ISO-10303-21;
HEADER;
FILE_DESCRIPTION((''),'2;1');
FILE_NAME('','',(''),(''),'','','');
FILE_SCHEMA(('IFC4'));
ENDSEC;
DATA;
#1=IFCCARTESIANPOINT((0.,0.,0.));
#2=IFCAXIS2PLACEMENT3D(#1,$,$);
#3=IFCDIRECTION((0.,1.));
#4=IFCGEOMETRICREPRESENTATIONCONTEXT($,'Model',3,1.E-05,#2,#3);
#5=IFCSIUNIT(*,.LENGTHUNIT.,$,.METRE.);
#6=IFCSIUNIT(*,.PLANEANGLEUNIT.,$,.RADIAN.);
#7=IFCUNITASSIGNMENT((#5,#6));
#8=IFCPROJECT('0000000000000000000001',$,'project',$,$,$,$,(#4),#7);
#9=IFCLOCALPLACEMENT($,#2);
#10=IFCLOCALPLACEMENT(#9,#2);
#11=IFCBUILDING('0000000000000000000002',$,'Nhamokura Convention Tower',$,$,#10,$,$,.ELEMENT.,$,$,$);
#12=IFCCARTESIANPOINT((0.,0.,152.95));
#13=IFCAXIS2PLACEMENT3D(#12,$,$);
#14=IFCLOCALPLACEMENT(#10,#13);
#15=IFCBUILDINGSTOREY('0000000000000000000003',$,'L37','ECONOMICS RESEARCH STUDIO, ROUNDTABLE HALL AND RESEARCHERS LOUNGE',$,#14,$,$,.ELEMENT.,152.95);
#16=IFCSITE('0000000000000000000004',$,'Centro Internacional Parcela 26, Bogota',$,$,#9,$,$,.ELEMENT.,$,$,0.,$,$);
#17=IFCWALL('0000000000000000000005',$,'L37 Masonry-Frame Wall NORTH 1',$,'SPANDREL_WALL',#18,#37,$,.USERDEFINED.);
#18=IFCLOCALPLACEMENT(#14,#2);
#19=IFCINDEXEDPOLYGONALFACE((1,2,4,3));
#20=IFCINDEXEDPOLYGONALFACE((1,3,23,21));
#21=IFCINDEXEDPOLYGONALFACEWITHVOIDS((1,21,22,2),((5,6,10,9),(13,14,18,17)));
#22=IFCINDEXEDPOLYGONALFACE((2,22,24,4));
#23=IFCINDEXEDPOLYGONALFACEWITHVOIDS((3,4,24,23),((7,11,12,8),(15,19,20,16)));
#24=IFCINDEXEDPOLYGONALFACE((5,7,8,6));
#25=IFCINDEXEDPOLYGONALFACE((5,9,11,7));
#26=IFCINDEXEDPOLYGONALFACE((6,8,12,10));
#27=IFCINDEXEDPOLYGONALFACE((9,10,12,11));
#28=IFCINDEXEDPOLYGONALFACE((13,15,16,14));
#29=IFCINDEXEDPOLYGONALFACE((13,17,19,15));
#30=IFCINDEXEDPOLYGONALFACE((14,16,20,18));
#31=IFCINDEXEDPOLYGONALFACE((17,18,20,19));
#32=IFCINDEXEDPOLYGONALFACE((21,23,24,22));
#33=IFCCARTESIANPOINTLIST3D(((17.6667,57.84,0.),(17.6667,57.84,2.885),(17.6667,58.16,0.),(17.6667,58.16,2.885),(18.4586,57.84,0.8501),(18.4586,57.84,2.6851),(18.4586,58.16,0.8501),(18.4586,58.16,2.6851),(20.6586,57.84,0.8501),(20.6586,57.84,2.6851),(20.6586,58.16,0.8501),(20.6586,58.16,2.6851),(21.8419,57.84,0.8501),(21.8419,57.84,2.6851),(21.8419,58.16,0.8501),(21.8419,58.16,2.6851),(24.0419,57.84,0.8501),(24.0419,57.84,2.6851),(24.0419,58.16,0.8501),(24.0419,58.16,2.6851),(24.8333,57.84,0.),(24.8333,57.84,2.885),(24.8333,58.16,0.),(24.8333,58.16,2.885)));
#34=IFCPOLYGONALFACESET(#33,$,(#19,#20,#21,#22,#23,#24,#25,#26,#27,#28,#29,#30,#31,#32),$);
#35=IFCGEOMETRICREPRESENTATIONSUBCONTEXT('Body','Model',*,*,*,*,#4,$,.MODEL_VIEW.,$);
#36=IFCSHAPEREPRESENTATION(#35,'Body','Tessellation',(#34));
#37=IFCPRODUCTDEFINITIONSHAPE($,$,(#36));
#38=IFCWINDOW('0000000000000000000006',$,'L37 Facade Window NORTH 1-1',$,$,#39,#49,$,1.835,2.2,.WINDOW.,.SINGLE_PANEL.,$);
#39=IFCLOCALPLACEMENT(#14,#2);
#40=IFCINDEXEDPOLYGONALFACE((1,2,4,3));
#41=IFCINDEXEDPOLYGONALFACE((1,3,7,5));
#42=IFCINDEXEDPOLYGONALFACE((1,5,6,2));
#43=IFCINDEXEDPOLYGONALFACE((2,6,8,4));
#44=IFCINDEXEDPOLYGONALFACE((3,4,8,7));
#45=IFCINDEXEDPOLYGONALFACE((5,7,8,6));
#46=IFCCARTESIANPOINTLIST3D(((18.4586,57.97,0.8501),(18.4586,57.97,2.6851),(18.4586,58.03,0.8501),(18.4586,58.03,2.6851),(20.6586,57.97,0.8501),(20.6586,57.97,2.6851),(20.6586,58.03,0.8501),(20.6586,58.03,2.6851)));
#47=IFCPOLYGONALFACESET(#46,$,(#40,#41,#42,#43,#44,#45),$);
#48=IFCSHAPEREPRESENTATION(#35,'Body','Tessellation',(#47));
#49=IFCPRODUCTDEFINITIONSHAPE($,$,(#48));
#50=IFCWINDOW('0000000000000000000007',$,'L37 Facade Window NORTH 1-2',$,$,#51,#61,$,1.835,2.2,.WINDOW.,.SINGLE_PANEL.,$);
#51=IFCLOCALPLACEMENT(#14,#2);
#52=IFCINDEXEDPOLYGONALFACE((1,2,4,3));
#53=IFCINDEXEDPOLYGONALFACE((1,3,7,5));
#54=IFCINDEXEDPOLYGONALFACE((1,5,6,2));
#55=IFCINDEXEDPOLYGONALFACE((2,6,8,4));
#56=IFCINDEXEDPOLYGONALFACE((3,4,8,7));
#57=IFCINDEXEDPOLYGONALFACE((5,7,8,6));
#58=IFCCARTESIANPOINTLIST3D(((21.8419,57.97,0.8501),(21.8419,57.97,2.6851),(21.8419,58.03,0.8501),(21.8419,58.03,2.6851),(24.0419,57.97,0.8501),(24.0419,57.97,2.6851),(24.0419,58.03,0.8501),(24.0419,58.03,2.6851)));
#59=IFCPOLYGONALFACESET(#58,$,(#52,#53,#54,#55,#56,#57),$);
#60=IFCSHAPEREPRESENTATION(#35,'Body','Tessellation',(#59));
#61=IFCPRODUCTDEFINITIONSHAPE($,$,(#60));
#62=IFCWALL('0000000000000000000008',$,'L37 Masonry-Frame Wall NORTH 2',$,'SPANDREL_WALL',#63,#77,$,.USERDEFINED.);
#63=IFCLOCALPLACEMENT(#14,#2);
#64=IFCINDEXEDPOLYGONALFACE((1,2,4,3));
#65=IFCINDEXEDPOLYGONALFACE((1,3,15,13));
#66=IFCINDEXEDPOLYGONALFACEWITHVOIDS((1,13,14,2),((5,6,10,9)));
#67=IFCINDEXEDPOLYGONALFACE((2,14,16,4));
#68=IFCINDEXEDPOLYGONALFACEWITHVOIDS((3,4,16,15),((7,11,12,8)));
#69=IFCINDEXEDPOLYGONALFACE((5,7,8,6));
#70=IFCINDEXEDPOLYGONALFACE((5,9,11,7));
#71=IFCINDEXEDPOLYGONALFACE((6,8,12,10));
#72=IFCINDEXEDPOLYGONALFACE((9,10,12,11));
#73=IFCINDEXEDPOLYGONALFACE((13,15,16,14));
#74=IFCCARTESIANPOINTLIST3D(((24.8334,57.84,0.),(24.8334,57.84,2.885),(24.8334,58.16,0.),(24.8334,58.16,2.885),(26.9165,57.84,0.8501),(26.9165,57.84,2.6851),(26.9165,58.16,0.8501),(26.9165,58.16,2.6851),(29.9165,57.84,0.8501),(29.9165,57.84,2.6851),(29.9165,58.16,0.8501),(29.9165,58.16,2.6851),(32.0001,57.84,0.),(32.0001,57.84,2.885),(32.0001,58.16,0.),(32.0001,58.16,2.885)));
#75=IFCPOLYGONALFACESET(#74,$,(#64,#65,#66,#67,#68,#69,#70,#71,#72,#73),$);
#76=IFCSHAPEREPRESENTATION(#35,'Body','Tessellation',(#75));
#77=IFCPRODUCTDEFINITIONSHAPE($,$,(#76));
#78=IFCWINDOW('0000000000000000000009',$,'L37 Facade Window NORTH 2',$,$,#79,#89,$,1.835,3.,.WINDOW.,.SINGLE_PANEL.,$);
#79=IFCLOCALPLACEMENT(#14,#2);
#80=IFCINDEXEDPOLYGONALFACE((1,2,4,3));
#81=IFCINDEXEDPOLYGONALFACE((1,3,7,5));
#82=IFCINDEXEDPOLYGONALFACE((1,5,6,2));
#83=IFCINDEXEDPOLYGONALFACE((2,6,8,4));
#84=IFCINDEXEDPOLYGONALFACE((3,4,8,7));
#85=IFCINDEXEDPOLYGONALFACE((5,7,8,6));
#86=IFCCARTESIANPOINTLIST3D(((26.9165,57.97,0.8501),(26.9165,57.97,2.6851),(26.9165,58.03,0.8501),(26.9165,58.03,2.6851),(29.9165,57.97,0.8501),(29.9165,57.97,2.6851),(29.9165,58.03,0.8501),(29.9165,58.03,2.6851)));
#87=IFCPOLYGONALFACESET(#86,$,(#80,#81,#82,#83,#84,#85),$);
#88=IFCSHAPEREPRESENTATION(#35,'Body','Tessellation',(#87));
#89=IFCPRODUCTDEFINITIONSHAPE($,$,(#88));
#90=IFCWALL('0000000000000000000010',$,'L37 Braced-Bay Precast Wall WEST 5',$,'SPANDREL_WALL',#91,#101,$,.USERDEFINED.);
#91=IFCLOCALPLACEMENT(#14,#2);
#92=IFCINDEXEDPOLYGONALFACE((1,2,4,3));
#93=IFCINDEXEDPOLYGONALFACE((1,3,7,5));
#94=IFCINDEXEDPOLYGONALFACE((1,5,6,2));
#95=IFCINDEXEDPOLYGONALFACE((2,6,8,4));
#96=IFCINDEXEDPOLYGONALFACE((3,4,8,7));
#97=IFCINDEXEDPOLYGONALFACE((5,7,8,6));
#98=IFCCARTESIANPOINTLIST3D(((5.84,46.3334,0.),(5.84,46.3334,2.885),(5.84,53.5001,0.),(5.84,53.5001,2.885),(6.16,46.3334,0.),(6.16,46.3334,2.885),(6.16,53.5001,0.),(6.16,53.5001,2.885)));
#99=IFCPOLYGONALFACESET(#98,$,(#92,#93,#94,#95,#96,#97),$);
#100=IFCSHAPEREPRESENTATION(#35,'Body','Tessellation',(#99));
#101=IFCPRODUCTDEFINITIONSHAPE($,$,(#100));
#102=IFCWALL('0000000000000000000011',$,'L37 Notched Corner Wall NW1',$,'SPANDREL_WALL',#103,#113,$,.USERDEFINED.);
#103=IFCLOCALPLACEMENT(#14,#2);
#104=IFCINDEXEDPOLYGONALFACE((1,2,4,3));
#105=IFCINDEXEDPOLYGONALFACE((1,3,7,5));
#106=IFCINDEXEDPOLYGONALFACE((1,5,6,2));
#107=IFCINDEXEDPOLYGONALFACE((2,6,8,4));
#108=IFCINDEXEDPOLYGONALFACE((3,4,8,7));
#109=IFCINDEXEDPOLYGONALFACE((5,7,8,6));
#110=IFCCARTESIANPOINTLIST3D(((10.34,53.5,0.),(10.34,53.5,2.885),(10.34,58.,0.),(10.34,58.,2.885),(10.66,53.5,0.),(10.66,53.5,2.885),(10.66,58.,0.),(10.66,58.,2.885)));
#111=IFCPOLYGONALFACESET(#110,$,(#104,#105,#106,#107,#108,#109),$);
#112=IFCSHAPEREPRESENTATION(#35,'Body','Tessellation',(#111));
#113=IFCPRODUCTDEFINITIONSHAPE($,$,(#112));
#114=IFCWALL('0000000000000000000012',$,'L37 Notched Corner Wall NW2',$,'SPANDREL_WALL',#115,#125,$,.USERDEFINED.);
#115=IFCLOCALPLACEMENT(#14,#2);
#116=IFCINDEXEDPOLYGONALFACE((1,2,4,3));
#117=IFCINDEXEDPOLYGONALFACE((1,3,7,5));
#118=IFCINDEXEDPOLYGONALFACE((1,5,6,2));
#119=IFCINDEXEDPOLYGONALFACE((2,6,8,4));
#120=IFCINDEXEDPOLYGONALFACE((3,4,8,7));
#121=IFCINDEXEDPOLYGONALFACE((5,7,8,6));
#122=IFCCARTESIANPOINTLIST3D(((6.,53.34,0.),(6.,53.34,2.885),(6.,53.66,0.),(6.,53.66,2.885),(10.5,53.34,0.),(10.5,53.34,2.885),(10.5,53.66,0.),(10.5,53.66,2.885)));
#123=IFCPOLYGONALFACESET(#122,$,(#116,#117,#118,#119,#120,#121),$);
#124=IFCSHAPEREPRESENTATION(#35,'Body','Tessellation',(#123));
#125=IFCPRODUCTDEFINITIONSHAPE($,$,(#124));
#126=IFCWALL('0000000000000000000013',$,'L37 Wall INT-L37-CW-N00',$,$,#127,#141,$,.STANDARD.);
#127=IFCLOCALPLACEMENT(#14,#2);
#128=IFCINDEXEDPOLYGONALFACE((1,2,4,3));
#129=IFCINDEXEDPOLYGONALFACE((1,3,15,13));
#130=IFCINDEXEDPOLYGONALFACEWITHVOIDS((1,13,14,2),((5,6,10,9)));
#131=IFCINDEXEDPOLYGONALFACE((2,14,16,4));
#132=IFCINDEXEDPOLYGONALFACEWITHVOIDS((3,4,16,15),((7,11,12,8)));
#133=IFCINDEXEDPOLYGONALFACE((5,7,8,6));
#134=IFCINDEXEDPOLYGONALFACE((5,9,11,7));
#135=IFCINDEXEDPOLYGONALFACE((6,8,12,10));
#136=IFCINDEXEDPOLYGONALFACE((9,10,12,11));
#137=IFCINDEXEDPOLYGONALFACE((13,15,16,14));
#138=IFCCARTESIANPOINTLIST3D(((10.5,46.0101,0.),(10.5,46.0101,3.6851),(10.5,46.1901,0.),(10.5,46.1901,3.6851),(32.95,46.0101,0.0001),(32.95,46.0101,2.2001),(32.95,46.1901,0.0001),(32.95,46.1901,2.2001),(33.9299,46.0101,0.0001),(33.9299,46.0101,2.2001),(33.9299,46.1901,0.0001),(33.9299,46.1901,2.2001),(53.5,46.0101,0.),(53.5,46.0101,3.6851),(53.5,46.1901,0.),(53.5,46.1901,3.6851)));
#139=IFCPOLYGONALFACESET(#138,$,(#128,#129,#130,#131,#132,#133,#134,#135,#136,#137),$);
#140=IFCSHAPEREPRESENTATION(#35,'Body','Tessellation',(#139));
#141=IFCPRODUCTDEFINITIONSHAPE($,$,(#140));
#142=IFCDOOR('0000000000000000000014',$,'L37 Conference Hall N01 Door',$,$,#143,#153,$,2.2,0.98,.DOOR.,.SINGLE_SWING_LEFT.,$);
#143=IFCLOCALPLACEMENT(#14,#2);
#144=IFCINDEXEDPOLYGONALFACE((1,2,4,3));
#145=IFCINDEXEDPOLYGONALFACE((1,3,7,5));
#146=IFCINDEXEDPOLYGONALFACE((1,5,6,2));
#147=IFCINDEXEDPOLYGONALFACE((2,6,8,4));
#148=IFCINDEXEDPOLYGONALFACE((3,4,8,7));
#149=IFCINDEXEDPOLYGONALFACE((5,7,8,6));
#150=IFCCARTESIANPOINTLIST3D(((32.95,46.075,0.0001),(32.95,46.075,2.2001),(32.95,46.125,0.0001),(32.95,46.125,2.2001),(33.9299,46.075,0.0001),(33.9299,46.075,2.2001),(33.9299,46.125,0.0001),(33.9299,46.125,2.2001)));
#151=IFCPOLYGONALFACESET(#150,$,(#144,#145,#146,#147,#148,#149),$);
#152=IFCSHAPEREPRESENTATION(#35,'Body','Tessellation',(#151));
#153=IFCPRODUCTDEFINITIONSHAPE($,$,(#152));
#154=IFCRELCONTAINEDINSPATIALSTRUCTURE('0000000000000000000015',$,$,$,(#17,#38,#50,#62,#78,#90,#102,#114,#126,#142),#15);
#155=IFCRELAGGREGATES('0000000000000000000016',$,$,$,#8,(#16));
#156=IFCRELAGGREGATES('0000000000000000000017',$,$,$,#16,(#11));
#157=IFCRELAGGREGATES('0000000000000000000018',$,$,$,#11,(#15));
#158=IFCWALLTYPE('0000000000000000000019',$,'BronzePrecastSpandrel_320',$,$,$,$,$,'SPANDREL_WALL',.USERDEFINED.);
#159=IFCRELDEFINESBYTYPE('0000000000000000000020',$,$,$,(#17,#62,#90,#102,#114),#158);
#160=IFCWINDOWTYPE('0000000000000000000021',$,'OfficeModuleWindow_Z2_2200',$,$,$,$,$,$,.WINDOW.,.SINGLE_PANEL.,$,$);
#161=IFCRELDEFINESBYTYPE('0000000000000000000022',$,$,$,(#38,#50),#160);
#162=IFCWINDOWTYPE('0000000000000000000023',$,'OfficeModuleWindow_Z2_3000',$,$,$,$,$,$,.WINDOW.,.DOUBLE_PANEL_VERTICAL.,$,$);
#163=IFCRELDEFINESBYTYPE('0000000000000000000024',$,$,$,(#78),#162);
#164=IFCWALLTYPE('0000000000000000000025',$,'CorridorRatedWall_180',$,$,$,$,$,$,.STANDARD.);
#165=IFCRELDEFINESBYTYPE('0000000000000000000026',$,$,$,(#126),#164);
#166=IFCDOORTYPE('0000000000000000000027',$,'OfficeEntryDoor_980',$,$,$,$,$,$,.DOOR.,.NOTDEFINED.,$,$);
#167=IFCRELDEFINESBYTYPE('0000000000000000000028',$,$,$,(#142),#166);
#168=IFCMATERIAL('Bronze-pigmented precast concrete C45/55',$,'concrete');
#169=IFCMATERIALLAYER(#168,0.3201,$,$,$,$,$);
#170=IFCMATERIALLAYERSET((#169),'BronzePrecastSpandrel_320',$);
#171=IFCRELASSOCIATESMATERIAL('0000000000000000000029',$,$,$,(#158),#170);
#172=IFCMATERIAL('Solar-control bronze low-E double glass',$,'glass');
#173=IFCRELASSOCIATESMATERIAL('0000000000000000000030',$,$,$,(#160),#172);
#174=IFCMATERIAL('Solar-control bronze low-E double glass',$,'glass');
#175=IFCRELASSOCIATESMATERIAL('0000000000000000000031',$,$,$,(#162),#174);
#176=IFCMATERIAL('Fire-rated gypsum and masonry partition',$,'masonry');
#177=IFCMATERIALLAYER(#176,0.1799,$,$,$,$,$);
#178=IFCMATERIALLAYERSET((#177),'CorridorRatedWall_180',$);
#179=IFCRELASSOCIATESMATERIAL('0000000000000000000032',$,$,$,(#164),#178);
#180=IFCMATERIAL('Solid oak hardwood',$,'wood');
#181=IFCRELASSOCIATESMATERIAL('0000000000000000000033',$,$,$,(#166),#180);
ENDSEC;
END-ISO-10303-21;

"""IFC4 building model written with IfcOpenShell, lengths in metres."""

from ifc_helpers import new_model, si_unit, direction, frame, frame_2d, origin, place, context, subcontext, project, spatial, rectangle, extrude, material, layer, layer_set, type_object, element, fill, save


model = new_model("IFC4")

# Units and contexts
model_context = context("Model", 3, precision=1e-05, world=origin(), true_north=direction((0.0, 1.0)))
body_context = subcontext(model_context, "Body", "Model", "MODEL_VIEW")
ifc_project = project(units=[si_unit("LENGTHUNIT", "METRE"), si_unit("PLANEANGLEUNIT", "RADIAN")], contexts=[model_context])

# Site, building, storey
site_placement = place(None, origin())
site = spatial("IfcSite", under=ifc_project, at=site_placement, Name="Centro Internacional Parcela 26, Bogota", CompositionType="ELEMENT", RefElevation=0.0)
building_placement = place(site_placement, origin())
building = spatial("IfcBuilding", under=site, at=building_placement, Name="Nhamokura Convention Tower", CompositionType="ELEMENT")
storey_placement = place(building_placement, frame((0.0, 0.0, 152.95)))
storey = spatial("IfcBuildingStorey", under=building, at=storey_placement, Name="L37", Description="ECONOMICS RESEARCH STUDIO, ROUNDTABLE HALL AND RESEARCHERS LOUNGE", CompositionType="ELEMENT", Elevation=152.95)

# Shared definitions
ifc_material_1 = material(Name="Bronze-pigmented precast concrete C45/55", Category="concrete")
ifc_layer_1 = layer(ifc_material_1, 0.3201)
ifc_layer_set_1 = layer_set([ifc_layer_1], Name="BronzePrecastSpandrel_320")
wall_type_1 = type_object("IfcWallType", Name="BronzePrecastSpandrel_320", ElementType="SPANDREL_WALL", PredefinedType="USERDEFINED", material=ifc_layer_set_1)

# Wall, openings, windows
wall_1_placement = place(storey_placement, frame((17.6667, 58.0, 0.0), z_axis=(0.0, 0.0, 1.0), x_axis=(1.0, 0.0, 0.0)))
wall_1 = element("IfcWall", 1, at=wall_1_placement, inside=storey, type_object=wall_type_1, Name="L37 Masonry-Frame Wall NORTH 1", ObjectType="SPANDREL_WALL", PredefinedType="USERDEFINED", context=body_context, shape_type="SweptSolid", body=[
    extrude(rectangle(XDim=7.1665, YDim=0.3201, at=frame_2d((3.5833, 0.0))), origin(), (0.0, 0.0, 1.0), 2.885),
])
opening_1_placement = place(wall_1_placement, frame((0.7917, 0.0, 0.8501)))
opening_1 = element("IfcOpeningElement", 2, at=opening_1_placement, cuts=wall_1, PredefinedType="OPENING", context=body_context, shape_type="SweptSolid", body=[
    extrude(rectangle(XDim=2.2, YDim=1.835, at=frame_2d((1.1001, 0.9175))), frame((0.0, 0.1699, 0.0), z_axis=(0.0, -1.0, 0.0), x_axis=(1.0, 0.0, 0.0)), (0.0, 0.0, 1.0), 0.3401),
])
opening_2_placement = place(wall_1_placement, frame((4.175, 0.0, 0.8501)))
opening_2 = element("IfcOpeningElement", 3, at=opening_2_placement, cuts=wall_1, PredefinedType="OPENING", context=body_context, shape_type="SweptSolid", body=[
    extrude(rectangle(XDim=2.2, YDim=1.835, at=frame_2d((1.1001, 0.9175))), frame((0.0, 0.1699, 0.0), z_axis=(0.0, -1.0, 0.0), x_axis=(1.0, 0.0, 0.0)), (0.0, 0.0, 1.0), 0.3401),
])
ifc_material_2 = material(Name="Solar-control bronze low-E double glass", Category="glass")
window_type_1 = type_object("IfcWindowType", Name="OfficeModuleWindow_Z2_2200", PartitioningType="SINGLE_PANEL", PredefinedType="WINDOW", material=ifc_material_2)
window_1_placement = place(opening_1_placement, origin())
window_1 = element("IfcWindow", 4, at=window_1_placement, inside=storey, type_object=window_type_1, Name="L37 Facade Window NORTH 1-1", OverallHeight=1.835, OverallWidth=2.2, PartitioningType="SINGLE_PANEL", PredefinedType="WINDOW", context=body_context, shape_type="SweptSolid", body=[
    extrude(rectangle(XDim=2.2, YDim=1.835, at=frame_2d((1.1001, 0.9175))), frame((0.0, 0.03, 0.0), z_axis=(0.0, -1.0, 0.0), x_axis=(1.0, 0.0, 0.0)), (0.0, 0.0, 1.0), 0.0601),
])
fill(opening_1, window_1)
window_2_placement = place(opening_2_placement, origin())
window_2 = element("IfcWindow", 5, at=window_2_placement, inside=storey, type_object=window_type_1, Name="L37 Facade Window NORTH 1-2", OverallHeight=1.835, OverallWidth=2.2, PartitioningType="SINGLE_PANEL", PredefinedType="WINDOW", context=body_context, shape_type="SweptSolid", body=[
    extrude(rectangle(XDim=2.2, YDim=1.835, at=frame_2d((1.1001, 0.9175))), frame((0.0, 0.03, 0.0), z_axis=(0.0, -1.0, 0.0), x_axis=(1.0, 0.0, 0.0)), (0.0, 0.0, 1.0), 0.0601),
])
fill(opening_2, window_2)

# Wall, opening, window
wall_2_placement = place(storey_placement, frame((24.8333, 58.0, 0.0), z_axis=(0.0, 0.0, 1.0), x_axis=(1.0, 0.0, 0.0)))
wall_2 = element("IfcWall", 6, at=wall_2_placement, inside=storey, type_object=wall_type_1, Name="L37 Masonry-Frame Wall NORTH 2", ObjectType="SPANDREL_WALL", PredefinedType="USERDEFINED", context=body_context, shape_type="SweptSolid", body=[
    extrude(rectangle(XDim=7.1667, YDim=0.3201, at=frame_2d((3.5835, 0.0))), origin(), (0.0, 0.0, 1.0), 2.885),
])
opening_3_placement = place(wall_2_placement, frame((2.0833, 0.0, 0.8501)))
opening_3 = element("IfcOpeningElement", 7, at=opening_3_placement, cuts=wall_2, PredefinedType="OPENING", context=body_context, shape_type="SweptSolid", body=[
    extrude(rectangle(XDim=3.0, YDim=1.835, at=frame_2d((1.5, 0.9175))), frame((0.0, 0.1699, 0.0), z_axis=(0.0, -1.0, 0.0), x_axis=(1.0, 0.0, 0.0)), (0.0, 0.0, 1.0), 0.3401),
])
ifc_material_3 = material(Name="Solar-control bronze low-E double glass", Category="glass")
window_type_2 = type_object("IfcWindowType", Name="OfficeModuleWindow_Z2_3000", PartitioningType="DOUBLE_PANEL_VERTICAL", PredefinedType="WINDOW", material=ifc_material_3)
window_3_placement = place(opening_3_placement, origin())
window_3 = element("IfcWindow", 8, at=window_3_placement, inside=storey, type_object=window_type_2, Name="L37 Facade Window NORTH 2", OverallHeight=1.835, OverallWidth=3.0, PartitioningType="SINGLE_PANEL", PredefinedType="WINDOW", context=body_context, shape_type="SweptSolid", body=[
    extrude(rectangle(XDim=3.0, YDim=1.835, at=frame_2d((1.5, 0.9175))), frame((0.0, 0.03, 0.0), z_axis=(0.0, -1.0, 0.0), x_axis=(1.0, 0.0, 0.0)), (0.0, 0.0, 1.0), 0.0601),
])
fill(opening_3, window_3)

# Walls
wall_3_placement = place(storey_placement, frame((6.0, 46.3333, 0.0), z_axis=(0.0, 0.0, 1.0), x_axis=(0.0, 1.0, 0.0)))
element("IfcWall", 9, at=wall_3_placement, inside=storey, type_object=wall_type_1, Name="L37 Braced-Bay Precast Wall WEST 5", ObjectType="SPANDREL_WALL", PredefinedType="USERDEFINED", context=body_context, shape_type="SweptSolid", body=[
    extrude(rectangle(XDim=7.1667, YDim=0.3201, at=frame_2d((3.5835, 0.0))), origin(), (0.0, 0.0, 1.0), 2.885),
])
for number, where, z_axis, x_axis, name in (
    (10, (10.5, 53.5, 0.0), (0.0, 0.0, 1.0), (0.0, 1.0, 0.0), "L37 Notched Corner Wall NW1"),
    (11, (6.0, 53.5, 0.0), (0.0, 0.0, 1.0), (1.0, 0.0, 0.0), "L37 Notched Corner Wall NW2"),
):
    element("IfcWall", number, at=place(storey_placement, frame(where, z_axis=z_axis, x_axis=x_axis)), inside=storey, type_object=wall_type_1, Name=name, ObjectType="SPANDREL_WALL", PredefinedType="USERDEFINED", context=body_context, shape_type="SweptSolid", body=[
        extrude(rectangle(XDim=4.5, YDim=0.3201, at=frame_2d((2.25, 0.0))), origin(), (0.0, 0.0, 1.0), 2.885),
    ])

# Wall, opening, door
ifc_material_4 = material(Name="Fire-rated gypsum and masonry partition", Category="masonry")
ifc_layer_2 = layer(ifc_material_4, 0.1799)
ifc_layer_set_2 = layer_set([ifc_layer_2], Name="CorridorRatedWall_180")
wall_type_2 = type_object("IfcWallType", Name="CorridorRatedWall_180", PredefinedType="STANDARD", material=ifc_layer_set_2)
wall_4_placement = place(storey_placement, frame((10.5, 46.1001, 0.0), z_axis=(0.0, 0.0, 1.0), x_axis=(1.0, 0.0, 0.0)))
wall_4 = element("IfcWall", 12, at=wall_4_placement, inside=storey, type_object=wall_type_2, Name="L37 Wall INT-L37-CW-N00", PredefinedType="STANDARD", context=body_context, shape_type="SweptSolid", body=[
    extrude(rectangle(XDim=43.0, YDim=0.1799, at=frame_2d((21.5, 0.0))), origin(), (0.0, 0.0, 1.0), 3.6851),
])
opening_4_placement = place(wall_4_placement, frame((22.45, 0.0, 0.0)))
opening_4 = element("IfcOpeningElement", 13, at=opening_4_placement, cuts=wall_4, PredefinedType="OPENING", context=body_context, shape_type="SweptSolid", body=[
    extrude(rectangle(XDim=0.98, YDim=2.2, at=frame_2d((0.49, 1.1001))), frame((0.0, 0.0999, 0.0), z_axis=(0.0, -1.0, 0.0), x_axis=(1.0, 0.0, 0.0)), (0.0, 0.0, 1.0), 0.2),
])
ifc_material_5 = material(Name="Solid oak hardwood", Category="wood")
door_type = type_object("IfcDoorType", Name="OfficeEntryDoor_980", OperationType="NOTDEFINED", PredefinedType="DOOR", material=ifc_material_5)
door_placement = place(opening_4_placement, origin())
door = element("IfcDoor", 14, at=door_placement, inside=storey, type_object=door_type, Name="L37 Conference Hall N01 Door", OperationType="SINGLE_SWING_LEFT", OverallHeight=2.2, OverallWidth=0.98, PredefinedType="DOOR", context=body_context, shape_type="SweptSolid", body=[
    extrude(rectangle(XDim=0.98, YDim=2.2, at=frame_2d((0.49, 1.1001))), frame((0.0, 0.0249, 0.0), z_axis=(0.0, -1.0, 0.0), x_axis=(1.0, 0.0, 0.0)), (0.0, 0.0, 1.0), 0.05),
])
fill(opening_4, door)

save(model, "model.ifc")
